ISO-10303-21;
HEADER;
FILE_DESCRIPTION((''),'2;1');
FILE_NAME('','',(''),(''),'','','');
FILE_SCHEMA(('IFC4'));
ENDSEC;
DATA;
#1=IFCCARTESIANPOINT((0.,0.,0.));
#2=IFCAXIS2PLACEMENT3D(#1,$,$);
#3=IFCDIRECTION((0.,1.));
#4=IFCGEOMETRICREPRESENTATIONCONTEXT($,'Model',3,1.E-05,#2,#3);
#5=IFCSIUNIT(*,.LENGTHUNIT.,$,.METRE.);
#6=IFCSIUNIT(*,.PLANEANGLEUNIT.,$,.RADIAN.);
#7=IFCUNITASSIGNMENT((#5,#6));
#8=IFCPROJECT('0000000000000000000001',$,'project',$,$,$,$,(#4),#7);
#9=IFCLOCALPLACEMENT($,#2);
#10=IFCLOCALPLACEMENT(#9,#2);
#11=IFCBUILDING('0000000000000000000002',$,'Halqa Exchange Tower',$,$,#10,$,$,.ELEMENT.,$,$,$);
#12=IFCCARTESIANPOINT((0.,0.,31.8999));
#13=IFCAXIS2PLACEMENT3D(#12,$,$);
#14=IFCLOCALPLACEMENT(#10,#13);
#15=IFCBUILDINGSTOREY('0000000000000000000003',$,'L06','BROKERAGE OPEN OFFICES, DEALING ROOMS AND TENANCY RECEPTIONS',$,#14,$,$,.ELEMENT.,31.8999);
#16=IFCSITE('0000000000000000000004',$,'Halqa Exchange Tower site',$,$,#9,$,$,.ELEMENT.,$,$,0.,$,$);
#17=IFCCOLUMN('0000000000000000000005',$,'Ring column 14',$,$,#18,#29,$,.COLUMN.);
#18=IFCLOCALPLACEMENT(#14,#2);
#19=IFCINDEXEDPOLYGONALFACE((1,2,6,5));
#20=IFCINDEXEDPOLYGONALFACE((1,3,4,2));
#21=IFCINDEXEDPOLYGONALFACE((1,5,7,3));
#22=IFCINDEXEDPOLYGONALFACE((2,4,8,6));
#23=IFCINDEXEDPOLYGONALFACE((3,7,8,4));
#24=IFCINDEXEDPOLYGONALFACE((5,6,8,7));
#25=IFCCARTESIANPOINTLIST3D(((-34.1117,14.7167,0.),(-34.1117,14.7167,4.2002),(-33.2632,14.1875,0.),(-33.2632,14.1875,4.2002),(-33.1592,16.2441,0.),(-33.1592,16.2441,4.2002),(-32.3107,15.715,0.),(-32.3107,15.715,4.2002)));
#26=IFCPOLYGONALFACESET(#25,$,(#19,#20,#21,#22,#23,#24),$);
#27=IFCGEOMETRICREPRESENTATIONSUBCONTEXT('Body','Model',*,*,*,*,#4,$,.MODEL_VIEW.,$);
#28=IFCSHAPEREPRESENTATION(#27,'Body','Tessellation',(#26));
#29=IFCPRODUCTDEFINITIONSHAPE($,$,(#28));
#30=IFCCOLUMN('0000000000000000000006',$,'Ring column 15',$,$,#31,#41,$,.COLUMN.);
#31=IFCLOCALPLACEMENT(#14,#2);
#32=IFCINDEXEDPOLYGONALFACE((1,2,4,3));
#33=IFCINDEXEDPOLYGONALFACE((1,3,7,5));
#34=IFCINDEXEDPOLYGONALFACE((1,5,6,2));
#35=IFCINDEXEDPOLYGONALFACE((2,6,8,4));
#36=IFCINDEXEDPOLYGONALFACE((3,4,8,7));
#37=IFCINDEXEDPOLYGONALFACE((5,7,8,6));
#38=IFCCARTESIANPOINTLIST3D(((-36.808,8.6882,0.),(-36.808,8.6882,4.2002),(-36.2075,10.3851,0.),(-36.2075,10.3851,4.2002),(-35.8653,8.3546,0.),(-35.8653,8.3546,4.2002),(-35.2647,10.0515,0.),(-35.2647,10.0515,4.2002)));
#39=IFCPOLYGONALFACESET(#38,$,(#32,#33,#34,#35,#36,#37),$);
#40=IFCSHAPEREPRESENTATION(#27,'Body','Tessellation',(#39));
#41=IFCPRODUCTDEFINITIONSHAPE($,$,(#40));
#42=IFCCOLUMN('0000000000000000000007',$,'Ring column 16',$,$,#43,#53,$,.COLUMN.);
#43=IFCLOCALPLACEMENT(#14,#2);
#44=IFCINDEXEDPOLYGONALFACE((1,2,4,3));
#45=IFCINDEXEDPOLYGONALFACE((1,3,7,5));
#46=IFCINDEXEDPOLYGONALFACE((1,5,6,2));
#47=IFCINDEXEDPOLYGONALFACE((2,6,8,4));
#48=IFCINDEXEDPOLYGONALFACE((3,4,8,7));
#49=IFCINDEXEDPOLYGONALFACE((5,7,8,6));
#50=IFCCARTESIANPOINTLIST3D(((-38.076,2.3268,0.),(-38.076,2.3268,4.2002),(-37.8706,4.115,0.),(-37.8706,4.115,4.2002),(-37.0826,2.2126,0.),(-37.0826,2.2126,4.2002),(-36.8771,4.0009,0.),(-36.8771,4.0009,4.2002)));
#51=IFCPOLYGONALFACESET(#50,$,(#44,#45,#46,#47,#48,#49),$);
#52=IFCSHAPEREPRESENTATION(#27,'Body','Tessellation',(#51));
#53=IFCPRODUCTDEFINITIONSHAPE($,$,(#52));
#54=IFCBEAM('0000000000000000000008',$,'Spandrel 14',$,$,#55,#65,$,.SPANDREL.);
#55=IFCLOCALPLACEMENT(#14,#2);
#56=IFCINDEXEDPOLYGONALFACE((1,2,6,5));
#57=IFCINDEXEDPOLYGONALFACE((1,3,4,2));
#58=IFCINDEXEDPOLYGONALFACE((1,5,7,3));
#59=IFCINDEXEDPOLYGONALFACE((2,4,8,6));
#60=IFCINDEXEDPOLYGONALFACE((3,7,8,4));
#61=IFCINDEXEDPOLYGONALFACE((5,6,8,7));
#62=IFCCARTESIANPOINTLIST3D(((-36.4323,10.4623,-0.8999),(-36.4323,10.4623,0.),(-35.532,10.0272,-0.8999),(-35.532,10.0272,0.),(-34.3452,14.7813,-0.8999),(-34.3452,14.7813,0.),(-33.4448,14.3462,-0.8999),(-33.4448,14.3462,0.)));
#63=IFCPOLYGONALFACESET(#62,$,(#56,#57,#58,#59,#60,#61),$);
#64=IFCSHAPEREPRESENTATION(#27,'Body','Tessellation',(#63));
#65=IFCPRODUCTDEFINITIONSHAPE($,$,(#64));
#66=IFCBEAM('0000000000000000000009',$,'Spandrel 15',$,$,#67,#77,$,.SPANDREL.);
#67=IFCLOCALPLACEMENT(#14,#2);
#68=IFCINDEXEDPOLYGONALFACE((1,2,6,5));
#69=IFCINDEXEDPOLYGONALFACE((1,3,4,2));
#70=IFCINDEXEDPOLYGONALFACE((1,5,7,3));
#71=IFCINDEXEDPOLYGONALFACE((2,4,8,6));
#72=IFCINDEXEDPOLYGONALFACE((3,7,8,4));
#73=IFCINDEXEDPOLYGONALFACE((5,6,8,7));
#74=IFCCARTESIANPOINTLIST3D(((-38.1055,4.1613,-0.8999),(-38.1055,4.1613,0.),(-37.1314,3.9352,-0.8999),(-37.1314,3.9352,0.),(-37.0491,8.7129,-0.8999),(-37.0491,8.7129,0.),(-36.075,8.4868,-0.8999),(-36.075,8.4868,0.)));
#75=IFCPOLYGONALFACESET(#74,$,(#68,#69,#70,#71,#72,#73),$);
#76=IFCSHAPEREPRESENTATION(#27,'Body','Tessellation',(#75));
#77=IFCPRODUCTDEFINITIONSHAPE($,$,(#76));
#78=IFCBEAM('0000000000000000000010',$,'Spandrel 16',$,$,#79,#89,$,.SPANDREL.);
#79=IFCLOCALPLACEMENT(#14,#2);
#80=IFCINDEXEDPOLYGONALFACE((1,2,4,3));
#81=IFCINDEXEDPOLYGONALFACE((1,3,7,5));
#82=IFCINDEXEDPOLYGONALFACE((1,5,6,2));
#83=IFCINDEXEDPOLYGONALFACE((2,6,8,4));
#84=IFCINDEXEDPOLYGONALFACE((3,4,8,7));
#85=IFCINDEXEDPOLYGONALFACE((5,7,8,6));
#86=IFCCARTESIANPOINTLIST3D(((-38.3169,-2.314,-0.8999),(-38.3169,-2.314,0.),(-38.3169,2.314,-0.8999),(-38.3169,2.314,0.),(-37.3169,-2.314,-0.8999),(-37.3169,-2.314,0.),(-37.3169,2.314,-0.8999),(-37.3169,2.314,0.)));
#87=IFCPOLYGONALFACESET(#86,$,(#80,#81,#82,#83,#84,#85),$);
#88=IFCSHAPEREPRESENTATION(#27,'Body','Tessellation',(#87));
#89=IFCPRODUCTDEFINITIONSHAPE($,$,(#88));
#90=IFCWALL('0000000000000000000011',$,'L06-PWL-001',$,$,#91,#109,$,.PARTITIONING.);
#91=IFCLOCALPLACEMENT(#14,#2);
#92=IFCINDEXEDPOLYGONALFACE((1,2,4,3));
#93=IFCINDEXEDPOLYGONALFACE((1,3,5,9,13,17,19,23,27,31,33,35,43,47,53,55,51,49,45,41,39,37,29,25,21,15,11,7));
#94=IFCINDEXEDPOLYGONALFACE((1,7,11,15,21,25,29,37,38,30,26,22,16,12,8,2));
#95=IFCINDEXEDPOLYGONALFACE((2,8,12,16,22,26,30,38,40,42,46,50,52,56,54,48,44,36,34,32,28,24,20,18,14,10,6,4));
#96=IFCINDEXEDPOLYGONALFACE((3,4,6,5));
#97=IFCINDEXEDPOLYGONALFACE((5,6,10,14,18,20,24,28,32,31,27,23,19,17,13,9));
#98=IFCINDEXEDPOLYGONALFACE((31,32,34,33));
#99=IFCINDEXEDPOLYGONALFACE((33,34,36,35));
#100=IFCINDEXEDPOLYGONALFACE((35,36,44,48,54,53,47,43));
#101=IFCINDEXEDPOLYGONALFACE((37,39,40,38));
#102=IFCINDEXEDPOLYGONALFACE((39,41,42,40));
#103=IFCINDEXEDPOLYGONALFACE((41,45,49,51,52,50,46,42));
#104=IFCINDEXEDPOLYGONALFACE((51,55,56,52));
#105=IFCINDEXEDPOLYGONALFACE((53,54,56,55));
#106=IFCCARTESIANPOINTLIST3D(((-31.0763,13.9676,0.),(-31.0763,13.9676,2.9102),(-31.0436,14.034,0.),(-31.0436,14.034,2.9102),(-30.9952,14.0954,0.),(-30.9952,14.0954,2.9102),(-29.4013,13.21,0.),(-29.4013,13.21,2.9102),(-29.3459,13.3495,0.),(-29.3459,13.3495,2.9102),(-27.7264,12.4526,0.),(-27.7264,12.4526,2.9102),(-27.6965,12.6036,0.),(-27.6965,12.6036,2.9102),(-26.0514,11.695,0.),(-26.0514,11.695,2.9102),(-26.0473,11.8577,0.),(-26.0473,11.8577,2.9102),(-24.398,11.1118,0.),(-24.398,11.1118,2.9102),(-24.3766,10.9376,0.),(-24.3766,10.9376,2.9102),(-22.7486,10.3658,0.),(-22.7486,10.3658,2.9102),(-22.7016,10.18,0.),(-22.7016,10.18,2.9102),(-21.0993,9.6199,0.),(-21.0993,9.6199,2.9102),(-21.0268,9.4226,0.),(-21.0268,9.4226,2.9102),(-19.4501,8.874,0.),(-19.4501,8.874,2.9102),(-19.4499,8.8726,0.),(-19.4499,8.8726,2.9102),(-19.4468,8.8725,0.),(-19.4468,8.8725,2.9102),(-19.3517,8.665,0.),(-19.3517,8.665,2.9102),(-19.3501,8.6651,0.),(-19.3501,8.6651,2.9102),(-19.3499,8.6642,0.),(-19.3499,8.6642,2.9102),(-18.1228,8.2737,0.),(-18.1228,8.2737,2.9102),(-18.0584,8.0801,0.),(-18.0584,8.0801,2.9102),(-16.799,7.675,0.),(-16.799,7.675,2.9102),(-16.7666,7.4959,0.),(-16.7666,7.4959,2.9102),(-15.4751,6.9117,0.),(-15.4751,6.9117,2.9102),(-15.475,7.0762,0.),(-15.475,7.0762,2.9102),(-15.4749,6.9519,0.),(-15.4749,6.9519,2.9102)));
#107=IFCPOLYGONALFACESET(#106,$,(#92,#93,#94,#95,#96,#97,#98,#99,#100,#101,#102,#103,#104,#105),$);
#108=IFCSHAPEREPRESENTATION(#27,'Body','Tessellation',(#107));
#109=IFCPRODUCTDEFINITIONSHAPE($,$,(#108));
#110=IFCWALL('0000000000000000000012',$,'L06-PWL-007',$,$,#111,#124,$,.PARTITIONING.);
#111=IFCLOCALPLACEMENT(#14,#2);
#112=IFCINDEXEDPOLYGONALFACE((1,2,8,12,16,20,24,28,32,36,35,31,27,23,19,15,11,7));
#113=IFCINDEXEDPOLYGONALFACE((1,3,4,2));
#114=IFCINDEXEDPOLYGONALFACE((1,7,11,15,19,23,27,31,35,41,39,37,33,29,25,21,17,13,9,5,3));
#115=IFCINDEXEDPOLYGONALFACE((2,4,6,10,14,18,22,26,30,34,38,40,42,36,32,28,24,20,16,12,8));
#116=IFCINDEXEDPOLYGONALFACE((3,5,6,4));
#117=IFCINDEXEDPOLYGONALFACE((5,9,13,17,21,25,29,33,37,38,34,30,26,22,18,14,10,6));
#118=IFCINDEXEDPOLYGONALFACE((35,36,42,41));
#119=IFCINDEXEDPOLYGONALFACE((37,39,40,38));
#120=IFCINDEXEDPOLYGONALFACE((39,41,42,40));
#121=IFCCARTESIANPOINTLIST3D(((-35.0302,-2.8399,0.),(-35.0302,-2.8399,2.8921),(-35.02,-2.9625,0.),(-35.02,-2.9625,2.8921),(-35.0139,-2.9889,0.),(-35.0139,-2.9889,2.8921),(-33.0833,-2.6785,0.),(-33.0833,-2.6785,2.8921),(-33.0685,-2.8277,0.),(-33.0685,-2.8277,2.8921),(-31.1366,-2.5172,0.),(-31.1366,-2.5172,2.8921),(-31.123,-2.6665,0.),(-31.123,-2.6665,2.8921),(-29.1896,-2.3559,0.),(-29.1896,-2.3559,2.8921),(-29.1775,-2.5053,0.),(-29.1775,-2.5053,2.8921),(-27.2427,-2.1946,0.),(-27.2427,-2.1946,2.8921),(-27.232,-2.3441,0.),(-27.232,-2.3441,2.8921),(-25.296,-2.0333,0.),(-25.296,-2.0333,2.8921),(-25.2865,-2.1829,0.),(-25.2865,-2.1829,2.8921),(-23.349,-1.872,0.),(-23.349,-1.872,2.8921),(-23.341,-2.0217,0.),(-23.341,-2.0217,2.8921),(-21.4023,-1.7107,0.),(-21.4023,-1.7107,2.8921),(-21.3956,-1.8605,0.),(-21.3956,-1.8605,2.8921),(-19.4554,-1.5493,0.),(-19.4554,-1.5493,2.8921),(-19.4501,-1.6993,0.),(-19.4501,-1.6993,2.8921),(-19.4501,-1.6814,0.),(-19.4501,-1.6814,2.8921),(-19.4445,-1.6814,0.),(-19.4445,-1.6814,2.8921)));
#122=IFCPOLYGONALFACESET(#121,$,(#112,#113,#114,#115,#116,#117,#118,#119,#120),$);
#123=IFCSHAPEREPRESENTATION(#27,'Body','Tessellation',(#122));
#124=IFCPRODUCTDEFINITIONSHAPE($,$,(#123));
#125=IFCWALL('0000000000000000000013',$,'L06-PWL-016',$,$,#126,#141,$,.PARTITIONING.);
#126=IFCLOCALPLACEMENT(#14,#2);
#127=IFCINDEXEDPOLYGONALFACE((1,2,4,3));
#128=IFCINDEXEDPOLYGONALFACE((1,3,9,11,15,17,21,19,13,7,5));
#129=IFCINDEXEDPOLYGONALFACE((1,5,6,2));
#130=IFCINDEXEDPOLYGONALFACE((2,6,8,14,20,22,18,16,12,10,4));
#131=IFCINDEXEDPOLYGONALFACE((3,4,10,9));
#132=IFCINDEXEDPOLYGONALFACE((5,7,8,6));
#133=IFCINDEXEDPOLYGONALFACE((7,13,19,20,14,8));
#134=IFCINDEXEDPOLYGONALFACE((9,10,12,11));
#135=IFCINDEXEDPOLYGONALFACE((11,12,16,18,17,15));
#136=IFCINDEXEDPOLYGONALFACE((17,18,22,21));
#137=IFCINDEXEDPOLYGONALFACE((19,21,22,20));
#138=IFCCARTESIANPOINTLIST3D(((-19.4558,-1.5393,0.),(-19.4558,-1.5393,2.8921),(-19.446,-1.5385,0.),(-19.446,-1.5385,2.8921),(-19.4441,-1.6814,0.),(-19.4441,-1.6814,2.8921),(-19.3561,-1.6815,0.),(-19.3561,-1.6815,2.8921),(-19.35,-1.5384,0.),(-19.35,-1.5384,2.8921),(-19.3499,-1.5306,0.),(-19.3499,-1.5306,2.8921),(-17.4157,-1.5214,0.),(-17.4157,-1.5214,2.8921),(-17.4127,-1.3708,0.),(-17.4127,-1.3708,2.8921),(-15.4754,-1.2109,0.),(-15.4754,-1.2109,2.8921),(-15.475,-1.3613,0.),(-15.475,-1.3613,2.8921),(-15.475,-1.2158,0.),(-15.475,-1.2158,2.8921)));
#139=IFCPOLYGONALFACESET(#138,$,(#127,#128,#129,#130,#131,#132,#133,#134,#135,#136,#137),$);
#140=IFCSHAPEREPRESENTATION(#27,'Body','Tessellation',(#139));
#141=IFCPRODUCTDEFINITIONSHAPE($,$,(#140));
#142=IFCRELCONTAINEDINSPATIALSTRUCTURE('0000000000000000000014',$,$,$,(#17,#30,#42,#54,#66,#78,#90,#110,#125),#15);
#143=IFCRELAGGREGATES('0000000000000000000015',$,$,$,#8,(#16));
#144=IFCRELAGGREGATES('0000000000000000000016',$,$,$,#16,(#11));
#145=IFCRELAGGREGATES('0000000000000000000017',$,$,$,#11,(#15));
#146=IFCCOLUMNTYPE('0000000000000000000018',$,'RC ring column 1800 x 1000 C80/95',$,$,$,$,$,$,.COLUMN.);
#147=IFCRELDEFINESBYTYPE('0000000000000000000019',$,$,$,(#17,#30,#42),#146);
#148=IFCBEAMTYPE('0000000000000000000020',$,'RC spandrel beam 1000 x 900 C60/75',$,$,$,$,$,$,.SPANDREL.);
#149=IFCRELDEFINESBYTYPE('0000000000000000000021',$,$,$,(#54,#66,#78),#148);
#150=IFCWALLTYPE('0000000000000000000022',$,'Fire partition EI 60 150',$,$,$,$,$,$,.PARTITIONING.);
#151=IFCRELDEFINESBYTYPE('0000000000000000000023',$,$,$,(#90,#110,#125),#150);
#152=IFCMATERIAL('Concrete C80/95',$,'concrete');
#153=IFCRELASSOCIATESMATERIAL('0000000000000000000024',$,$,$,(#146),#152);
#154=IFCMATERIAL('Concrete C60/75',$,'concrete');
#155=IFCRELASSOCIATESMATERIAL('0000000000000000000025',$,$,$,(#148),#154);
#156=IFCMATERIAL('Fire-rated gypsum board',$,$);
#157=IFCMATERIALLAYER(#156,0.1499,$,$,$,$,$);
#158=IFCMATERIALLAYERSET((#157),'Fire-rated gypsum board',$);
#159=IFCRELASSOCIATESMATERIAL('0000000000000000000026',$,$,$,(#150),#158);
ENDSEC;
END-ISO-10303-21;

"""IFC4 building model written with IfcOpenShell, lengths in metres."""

from ifc_helpers import new_model, si_unit, direction, frame, origin, origin_2d, place, context, subcontext, project, spatial, polyline, rectangle, outline, extrude, material, layer, layer_set, material_profile, profile_set, type_object, element, save


model = new_model("IFC4")

# Units and contexts
model_context = context("Model", 3, precision=1e-05, world=origin(), true_north=direction((0.0, 1.0)))
body_context = subcontext(model_context, "Body", "Model", "MODEL_VIEW")
ifc_project = project(units=[si_unit("LENGTHUNIT", "METRE"), si_unit("PLANEANGLEUNIT", "RADIAN")], contexts=[model_context])

# Site, building, storey
site_placement = place(None, origin())
site = spatial("IfcSite", under=ifc_project, at=site_placement, Name="Halqa Exchange Tower site", CompositionType="ELEMENT", RefElevation=0.0)
building_placement = place(site_placement, origin())
building = spatial("IfcBuilding", under=site, at=building_placement, Name="Halqa Exchange Tower", CompositionType="ELEMENT")
storey_placement = place(building_placement, frame((0.0, 0.0, 31.8999)))
storey = spatial("IfcBuildingStorey", under=building, at=storey_placement, Name="L06", Description="BROKERAGE OPEN OFFICES, DEALING ROOMS AND TENANCY RECEPTIONS", CompositionType="ELEMENT", Elevation=31.8999)

# Columns
ifc_material_1 = material(Name="Concrete C80/95", Category="concrete")
ifc_material_profile_1 = material_profile(ifc_material_1, rectangle(XDim=1.8, YDim=1.0, at=origin_2d()), Name="1800 x 1000")
ifc_profile_set_1 = profile_set([ifc_material_profile_1], Name="Concrete C80/95")
column_type = type_object("IfcColumnType", Name="RC ring column 1800 x 1000 C80/95", PredefinedType="COLUMN", material=ifc_profile_set_1)
for number, where, z_axis, x_axis, name in (
    (1, (-33.2112, 15.2158, 0.0), (0.0, 0.0, 1.0), (-0.529142, -0.848533, 0.0), "Ring column 14"),
    (2, (-36.0364, 9.3699, 0.0), (0.0, 0.0, 1.0), (-0.333631, -0.942704, 0.0), "Ring column 15"),
    (3, (-37.4766, 3.1638, 0.0), (0.0, 0.0, 1.0), (-0.114155, -0.993463, 0.0), "Ring column 16"),
):
    element("IfcColumn", number, at=place(storey_placement, frame(where, z_axis=z_axis, x_axis=x_axis)), inside=storey, type_object=column_type, Name=name, PredefinedType="COLUMN", context=body_context, shape_type="SweptSolid", body=[
        extrude(rectangle(XDim=1.8, YDim=1.0, at=origin_2d()), origin(), (0.0, 0.0, 1.0), 4.2002),
    ])

# Beams
ifc_material_2 = material(Name="Concrete C60/75", Category="concrete")
ifc_material_profile_2 = material_profile(ifc_material_2, rectangle(XDim=1.0, YDim=0.8999, at=origin_2d()), Name="1000 x 900")
ifc_profile_set_2 = profile_set([ifc_material_profile_2], Name="Concrete C60/75")
beam_type = type_object("IfcBeamType", Name="RC spandrel beam 1000 x 900 C60/75", PredefinedType="SPANDREL", material=ifc_profile_set_2)
beam_1_placement = place(storey_placement, frame((-33.895, 14.5637, -0.45), z_axis=(-0.435101, -0.900382, 0.0), x_axis=(0.900382, -0.435101, 0.0)))
element("IfcBeam", 4, at=beam_1_placement, inside=storey, type_object=beam_type, Name="Spandrel 14", PredefinedType="SPANDREL", context=body_context, shape_type="SweptSolid", body=[
    extrude(rectangle(XDim=1.0, YDim=0.8999, at=origin_2d()), origin(), (0.0, 0.0, 1.0), 4.7969),
])
beam_2_placement = place(storey_placement, frame((-36.562, 8.5999, -0.45), z_axis=(-0.226088, -0.974107, 0.0), x_axis=(0.974107, -0.226088, 0.0)))
element("IfcBeam", 5, at=beam_2_placement, inside=storey, type_object=beam_type, Name="Spandrel 15", PredefinedType="SPANDREL", context=body_context, shape_type="SweptSolid", body=[
    extrude(rectangle(XDim=1.0, YDim=0.8999, at=origin_2d()), origin(), (0.0, 0.0, 1.0), 4.6726),
])
beam_3_placement = place(storey_placement, frame((-37.8169, 2.314, -0.45), z_axis=(0.0, -1.0, 0.0), x_axis=(1.0, 0.0, 0.0)))
element("IfcBeam", 6, at=beam_3_placement, inside=storey, type_object=beam_type, Name="Spandrel 16", PredefinedType="SPANDREL", context=body_context, shape_type="SweptSolid", body=[
    extrude(rectangle(XDim=1.0, YDim=0.8999, at=origin_2d()), origin(), (0.0, 0.0, 1.0), 4.6279),
])

# Walls
ifc_material_3 = material(Name="Fire-rated gypsum board")
ifc_layer_1 = layer(ifc_material_3, 0.1499)
ifc_layer_set_1 = layer_set([ifc_layer_1], Name="Fire-rated gypsum board")
wall_type_1 = type_object("IfcWallType", Name="Fire partition EI 60 150", PredefinedType="PARTITIONING", material=ifc_layer_set_1)
wall_1_placement = place(storey_placement, frame((-31.0454, 14.0359, 0.0), z_axis=(0.0, 0.0, 1.0), x_axis=(0.911148, -0.412079, 0.0)))
element("IfcWall", 7, at=wall_1_placement, inside=storey, type_object=wall_type_1, Name="L06-PWL-001", PredefinedType="PARTITIONING", context=body_context, shape_type="SweptSolid", body=[
    extrude(outline(polyline([(0.0, -0.075), (1.8384, -0.075), (3.6765, -0.075), (5.5149, -0.075), (7.353, -0.075), (9.1914, -0.075), (11.0295, -0.075), (12.8679, -0.075), (12.8694, -0.0742), (12.8699, -0.075), (14.2874, -0.075), (15.7051, -0.075), (17.1226, -0.075), (17.1062, -0.0383), (17.1062, -0.0383), (17.0549, 0.075), (15.6018, 0.075), (14.1489, 0.075), (12.6958, 0.075), (12.6929, 0.0737), (12.6921, 0.075), (10.8821, 0.075), (9.072, 0.075), (7.2617, 0.075), (5.4517, 0.075), (3.6416, 0.075), (1.8313, 0.075), (0.0212, 0.075), (0.0024, -0.001), (0.0, -0.075)])), origin(), (0.0, 0.0, 1.0), 2.9102),
])
wall_2_placement = place(storey_placement, frame((-19.4492, -1.624, 0.0), z_axis=(0.0, 0.0, 1.0), x_axis=(-0.996585, -0.082577, 0.0)))
element("IfcWall", 8, at=wall_2_placement, inside=storey, type_object=wall_type_1, Name="L06-PWL-007", PredefinedType="PARTITIONING", context=body_context, shape_type="SweptSolid", body=[
    extrude(outline(polyline([(15.6282, -0.075), (15.6282, 0.0481), (15.6243, 0.075), (13.6721, 0.075), (11.72, 0.075), (9.7678, 0.075), (7.8157, 0.075), (5.8635, 0.075), (3.9114, 0.075), (1.9592, 0.075), (0.0071, 0.075), (0.0056, 0.0571), (0.0, 0.0576), (0.0, -0.075), (1.9536, -0.075), (3.907, -0.075), (5.8606, -0.075), (7.814, -0.075), (9.7676, -0.075), (11.7212, -0.075), (13.6746, -0.075), (15.6282, -0.075)])), origin(), (0.0, 0.0, 1.0), 2.8921),
])
wall_3_placement = place(storey_placement, frame((-15.4692, -1.2856, 0.0), z_axis=(0.0, 0.0, 1.0), x_axis=(-0.996615, -0.082216, 0.0)))
element("IfcWall", 9, at=wall_3_placement, inside=storey, type_object=wall_type_1, Name="L06-PWL-016", PredefinedType="PARTITIONING", context=body_context, shape_type="SweptSolid", body=[
    extrude(outline(polyline([(0.0, -0.075), (1.9438, -0.075), (3.8877, -0.075), (3.8884, -0.0671), (3.9841, -0.075), (3.9939, -0.075), (3.9939, 0.0676), (3.9062, 0.075), (1.9592, 0.075), (0.012, 0.075), (0.0, -0.0701), (0.0, -0.075)])), origin(), (0.0, 0.0, 1.0), 2.8921),
])

save(model, "model.ifc")
